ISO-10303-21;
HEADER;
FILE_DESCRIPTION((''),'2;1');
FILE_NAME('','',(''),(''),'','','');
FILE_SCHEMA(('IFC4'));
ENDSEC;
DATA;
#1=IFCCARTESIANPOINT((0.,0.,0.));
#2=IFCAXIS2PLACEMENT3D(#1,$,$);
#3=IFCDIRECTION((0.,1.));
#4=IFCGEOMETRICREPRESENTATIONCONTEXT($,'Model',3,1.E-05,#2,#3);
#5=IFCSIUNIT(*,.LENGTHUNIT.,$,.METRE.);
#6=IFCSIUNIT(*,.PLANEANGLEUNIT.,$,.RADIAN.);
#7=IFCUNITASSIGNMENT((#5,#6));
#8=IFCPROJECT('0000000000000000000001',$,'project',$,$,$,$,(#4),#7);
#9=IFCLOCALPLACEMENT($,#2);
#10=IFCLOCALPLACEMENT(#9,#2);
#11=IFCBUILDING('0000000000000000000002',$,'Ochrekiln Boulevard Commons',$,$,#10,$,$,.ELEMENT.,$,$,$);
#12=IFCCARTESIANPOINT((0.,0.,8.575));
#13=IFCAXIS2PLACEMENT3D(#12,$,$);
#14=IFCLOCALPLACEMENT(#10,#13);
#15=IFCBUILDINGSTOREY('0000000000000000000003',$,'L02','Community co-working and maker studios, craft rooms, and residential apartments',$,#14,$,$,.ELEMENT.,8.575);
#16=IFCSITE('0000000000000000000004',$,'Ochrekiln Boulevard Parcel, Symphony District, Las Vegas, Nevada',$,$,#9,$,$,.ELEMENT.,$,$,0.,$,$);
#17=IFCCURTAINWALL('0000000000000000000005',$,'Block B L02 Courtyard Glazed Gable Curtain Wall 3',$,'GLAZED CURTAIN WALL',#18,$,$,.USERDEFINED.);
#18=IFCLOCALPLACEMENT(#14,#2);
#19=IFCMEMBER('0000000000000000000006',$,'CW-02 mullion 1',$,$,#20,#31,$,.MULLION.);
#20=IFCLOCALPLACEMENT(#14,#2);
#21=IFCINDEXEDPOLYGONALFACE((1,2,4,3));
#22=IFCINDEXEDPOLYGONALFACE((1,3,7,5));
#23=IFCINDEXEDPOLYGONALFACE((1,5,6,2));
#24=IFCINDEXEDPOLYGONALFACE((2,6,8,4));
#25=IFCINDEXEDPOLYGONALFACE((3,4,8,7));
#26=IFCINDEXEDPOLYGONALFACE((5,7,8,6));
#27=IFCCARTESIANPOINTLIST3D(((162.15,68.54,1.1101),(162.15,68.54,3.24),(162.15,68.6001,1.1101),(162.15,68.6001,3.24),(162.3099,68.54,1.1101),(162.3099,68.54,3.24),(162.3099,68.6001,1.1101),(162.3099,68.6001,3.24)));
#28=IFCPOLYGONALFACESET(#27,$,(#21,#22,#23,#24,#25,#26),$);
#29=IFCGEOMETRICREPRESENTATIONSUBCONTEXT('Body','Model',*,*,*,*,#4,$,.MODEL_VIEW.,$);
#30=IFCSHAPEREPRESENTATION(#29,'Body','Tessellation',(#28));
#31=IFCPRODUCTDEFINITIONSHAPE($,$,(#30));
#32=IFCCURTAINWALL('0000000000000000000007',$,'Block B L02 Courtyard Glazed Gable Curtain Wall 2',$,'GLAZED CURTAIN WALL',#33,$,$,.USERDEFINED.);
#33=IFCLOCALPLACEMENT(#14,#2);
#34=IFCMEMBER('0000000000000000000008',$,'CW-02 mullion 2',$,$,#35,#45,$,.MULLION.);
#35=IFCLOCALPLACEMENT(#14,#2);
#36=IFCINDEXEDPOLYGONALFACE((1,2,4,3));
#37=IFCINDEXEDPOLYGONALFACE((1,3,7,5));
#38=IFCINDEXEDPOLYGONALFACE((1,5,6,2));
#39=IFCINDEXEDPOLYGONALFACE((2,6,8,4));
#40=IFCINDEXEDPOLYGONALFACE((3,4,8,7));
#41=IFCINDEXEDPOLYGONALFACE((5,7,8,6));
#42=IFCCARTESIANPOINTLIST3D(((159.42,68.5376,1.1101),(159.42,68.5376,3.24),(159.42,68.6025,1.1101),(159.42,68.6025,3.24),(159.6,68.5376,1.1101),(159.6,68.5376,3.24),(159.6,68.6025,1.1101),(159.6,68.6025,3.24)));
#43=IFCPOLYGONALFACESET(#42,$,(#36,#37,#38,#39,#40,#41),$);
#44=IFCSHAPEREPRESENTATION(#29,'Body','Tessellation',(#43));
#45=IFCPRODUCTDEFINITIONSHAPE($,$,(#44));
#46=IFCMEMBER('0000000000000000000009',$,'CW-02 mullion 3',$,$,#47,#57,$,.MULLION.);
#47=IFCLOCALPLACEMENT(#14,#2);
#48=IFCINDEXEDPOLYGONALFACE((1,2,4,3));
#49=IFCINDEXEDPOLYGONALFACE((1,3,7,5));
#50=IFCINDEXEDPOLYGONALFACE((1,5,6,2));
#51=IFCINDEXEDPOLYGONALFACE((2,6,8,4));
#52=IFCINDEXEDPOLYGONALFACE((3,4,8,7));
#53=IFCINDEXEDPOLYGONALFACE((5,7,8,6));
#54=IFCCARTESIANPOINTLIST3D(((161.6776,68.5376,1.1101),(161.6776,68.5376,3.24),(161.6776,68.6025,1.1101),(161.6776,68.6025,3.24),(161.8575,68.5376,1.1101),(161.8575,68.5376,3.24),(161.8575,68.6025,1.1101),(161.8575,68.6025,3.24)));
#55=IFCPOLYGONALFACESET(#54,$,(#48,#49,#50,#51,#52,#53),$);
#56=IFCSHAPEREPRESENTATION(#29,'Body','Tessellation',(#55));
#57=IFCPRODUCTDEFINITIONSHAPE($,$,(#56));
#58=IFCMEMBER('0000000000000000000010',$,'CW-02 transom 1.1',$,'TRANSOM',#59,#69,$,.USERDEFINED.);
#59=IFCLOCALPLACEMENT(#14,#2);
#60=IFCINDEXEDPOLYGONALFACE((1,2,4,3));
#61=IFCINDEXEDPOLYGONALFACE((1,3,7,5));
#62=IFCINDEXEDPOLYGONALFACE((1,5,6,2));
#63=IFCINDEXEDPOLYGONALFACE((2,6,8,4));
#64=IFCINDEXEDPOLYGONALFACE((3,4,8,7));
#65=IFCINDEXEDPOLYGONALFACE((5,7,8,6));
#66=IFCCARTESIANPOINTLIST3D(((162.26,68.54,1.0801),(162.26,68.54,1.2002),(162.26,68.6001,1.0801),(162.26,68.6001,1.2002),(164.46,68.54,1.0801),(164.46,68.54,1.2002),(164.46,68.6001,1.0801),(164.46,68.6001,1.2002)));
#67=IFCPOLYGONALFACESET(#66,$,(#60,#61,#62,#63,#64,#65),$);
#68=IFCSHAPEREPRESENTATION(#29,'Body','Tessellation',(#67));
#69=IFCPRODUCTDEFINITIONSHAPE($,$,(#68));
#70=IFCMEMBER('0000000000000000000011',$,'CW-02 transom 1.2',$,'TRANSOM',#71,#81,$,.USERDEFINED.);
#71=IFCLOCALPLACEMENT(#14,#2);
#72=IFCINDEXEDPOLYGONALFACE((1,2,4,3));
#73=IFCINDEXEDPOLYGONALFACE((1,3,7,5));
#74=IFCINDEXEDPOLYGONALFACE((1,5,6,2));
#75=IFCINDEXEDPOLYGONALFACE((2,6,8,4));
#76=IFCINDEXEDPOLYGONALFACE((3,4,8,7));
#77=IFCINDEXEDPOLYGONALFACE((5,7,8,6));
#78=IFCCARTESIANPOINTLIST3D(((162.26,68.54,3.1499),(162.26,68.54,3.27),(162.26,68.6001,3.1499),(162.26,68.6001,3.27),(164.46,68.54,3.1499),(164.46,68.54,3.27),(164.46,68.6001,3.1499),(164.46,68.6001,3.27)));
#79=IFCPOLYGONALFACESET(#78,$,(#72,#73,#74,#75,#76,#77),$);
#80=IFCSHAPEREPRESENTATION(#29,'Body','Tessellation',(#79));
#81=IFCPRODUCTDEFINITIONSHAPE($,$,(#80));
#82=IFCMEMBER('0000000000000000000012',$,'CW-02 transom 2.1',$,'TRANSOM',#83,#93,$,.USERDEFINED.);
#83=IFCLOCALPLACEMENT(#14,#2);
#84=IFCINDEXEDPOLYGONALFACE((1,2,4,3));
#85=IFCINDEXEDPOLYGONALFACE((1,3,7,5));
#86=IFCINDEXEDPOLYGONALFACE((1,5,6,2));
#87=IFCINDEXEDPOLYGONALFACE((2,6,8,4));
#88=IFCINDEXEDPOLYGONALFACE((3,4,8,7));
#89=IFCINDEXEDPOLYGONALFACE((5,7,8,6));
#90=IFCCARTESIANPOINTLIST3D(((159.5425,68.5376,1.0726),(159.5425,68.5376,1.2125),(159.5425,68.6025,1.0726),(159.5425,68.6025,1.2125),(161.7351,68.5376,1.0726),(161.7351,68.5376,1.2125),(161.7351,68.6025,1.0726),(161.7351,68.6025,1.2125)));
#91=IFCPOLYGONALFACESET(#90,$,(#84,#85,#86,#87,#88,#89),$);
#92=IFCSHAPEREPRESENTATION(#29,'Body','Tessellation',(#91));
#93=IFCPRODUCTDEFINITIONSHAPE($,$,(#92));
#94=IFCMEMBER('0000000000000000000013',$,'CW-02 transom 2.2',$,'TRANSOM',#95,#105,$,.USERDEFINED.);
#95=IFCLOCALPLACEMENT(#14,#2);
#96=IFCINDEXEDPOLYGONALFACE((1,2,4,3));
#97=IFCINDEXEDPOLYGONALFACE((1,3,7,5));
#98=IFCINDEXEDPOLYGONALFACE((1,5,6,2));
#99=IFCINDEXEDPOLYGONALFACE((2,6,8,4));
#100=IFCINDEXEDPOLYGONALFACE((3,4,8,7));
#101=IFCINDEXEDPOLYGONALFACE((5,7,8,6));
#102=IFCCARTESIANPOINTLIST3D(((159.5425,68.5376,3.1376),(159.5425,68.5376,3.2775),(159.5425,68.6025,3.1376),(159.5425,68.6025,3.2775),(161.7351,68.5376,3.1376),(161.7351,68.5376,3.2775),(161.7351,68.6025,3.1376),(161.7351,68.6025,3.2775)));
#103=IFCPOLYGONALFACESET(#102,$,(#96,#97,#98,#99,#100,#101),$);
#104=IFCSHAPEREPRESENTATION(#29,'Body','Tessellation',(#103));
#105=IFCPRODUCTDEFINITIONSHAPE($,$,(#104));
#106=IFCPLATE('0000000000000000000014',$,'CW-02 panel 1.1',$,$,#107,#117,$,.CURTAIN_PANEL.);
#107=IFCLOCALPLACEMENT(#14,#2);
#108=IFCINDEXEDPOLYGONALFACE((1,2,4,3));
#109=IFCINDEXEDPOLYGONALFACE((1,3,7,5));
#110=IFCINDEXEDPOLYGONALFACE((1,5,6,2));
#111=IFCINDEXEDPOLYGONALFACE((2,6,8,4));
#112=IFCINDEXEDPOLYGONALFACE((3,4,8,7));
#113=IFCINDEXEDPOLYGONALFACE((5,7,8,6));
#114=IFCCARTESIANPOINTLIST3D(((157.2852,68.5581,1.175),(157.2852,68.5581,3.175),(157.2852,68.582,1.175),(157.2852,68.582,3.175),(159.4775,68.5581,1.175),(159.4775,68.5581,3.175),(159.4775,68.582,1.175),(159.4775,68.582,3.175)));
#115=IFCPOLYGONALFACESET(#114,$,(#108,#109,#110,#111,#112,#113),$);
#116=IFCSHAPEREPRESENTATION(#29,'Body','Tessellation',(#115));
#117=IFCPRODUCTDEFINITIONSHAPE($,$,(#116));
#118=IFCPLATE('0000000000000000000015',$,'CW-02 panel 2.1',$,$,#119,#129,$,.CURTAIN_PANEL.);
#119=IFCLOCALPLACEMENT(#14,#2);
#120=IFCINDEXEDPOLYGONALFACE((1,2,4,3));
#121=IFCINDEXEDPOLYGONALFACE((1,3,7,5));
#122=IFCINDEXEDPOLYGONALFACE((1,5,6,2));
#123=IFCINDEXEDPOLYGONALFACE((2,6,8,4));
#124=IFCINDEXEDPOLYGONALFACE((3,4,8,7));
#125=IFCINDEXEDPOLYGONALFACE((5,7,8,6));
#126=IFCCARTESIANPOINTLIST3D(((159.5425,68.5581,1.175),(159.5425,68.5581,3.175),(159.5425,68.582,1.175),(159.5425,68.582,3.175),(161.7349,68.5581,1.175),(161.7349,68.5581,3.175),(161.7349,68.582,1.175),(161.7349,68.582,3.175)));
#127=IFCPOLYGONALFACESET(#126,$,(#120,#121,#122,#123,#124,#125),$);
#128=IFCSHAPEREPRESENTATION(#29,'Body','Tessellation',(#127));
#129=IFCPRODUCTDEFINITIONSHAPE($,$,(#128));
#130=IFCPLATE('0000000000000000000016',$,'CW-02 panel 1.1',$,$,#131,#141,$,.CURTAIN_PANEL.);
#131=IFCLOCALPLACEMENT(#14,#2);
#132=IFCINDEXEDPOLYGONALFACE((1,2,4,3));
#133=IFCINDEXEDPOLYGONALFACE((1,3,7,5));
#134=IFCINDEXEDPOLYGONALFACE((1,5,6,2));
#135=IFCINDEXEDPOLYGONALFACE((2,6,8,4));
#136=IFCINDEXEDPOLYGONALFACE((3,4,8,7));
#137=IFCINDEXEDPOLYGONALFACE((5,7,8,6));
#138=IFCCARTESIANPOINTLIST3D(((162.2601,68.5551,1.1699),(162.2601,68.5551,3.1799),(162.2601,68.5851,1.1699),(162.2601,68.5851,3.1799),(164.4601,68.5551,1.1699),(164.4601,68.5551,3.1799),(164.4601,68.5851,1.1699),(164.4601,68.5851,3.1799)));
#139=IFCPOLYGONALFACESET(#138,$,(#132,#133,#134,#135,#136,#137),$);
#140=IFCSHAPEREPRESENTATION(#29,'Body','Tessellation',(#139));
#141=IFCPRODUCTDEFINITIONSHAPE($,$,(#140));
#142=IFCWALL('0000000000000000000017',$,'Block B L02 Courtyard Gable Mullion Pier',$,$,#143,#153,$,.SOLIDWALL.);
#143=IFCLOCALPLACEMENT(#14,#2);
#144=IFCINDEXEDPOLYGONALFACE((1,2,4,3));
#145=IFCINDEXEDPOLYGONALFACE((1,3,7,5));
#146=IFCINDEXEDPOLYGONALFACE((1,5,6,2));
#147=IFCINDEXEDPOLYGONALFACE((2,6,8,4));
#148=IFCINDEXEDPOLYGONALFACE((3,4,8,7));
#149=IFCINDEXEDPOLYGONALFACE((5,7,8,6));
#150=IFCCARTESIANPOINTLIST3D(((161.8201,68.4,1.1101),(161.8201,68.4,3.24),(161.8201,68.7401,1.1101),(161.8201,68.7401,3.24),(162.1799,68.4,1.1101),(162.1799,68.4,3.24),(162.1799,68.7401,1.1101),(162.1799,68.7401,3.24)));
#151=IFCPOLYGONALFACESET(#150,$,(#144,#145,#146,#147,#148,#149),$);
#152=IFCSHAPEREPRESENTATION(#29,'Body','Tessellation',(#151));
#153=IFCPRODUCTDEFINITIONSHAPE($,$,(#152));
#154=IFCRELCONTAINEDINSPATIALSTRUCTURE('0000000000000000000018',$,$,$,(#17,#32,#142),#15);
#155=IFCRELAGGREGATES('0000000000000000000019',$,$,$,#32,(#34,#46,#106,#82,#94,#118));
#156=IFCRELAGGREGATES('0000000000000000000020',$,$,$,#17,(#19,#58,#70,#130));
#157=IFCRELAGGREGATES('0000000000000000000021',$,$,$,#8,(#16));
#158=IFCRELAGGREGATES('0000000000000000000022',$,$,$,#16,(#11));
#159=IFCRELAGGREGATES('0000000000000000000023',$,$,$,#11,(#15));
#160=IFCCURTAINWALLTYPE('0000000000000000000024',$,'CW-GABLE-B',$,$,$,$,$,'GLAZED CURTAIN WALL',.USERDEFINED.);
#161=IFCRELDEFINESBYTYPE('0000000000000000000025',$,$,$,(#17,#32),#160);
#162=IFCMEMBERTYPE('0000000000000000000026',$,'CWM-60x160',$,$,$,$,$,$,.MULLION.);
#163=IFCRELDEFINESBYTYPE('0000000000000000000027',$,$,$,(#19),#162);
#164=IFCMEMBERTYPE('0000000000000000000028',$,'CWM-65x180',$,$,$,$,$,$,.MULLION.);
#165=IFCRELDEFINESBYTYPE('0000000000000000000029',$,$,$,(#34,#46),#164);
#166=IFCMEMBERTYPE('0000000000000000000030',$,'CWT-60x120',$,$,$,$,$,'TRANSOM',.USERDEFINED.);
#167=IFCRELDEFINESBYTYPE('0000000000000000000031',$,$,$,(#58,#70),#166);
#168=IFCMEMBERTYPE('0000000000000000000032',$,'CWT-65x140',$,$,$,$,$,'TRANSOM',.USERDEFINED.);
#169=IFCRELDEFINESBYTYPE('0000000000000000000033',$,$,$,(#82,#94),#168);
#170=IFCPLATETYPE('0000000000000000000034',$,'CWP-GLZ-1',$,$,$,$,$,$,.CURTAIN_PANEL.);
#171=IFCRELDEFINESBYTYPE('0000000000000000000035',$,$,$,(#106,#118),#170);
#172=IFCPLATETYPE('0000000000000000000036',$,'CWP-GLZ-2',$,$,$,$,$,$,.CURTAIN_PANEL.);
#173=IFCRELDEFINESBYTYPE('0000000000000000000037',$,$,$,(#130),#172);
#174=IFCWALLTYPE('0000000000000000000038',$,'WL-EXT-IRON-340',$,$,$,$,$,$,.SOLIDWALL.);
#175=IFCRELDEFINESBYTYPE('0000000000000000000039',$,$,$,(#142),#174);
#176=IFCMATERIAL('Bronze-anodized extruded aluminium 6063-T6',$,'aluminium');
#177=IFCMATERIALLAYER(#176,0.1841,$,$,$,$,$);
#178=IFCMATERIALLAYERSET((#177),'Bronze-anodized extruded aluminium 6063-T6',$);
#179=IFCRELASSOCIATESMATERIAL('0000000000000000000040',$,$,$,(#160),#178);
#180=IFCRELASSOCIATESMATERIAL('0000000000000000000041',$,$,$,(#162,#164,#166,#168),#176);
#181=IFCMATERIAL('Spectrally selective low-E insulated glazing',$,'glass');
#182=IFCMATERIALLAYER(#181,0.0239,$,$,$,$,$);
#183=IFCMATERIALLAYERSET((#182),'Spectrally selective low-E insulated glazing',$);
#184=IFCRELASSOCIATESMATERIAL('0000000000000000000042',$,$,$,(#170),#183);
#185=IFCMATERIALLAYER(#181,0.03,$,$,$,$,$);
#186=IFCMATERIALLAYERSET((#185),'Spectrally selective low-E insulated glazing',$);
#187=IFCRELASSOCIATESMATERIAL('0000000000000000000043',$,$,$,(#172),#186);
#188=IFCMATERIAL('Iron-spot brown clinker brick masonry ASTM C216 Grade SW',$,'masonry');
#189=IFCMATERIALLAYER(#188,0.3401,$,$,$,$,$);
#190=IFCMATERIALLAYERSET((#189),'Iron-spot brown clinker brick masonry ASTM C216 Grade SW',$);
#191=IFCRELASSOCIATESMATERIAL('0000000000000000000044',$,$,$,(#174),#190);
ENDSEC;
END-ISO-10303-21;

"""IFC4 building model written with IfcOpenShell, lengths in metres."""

from ifc_helpers import new_model, si_unit, direction, frame, frame_2d, origin, origin_2d, place, context, subcontext, project, spatial, rectangle, extrude, material, layer, layer_set, material_profile, profile_set, type_object, element, aggregate, save


model = new_model("IFC4")

# Units and contexts
model_context = context("Model", 3, precision=1e-05, world=origin(), true_north=direction((0.0, 1.0)))
body_context = subcontext(model_context, "Body", "Model", "MODEL_VIEW")
ifc_project = project(units=[si_unit("LENGTHUNIT", "METRE"), si_unit("PLANEANGLEUNIT", "RADIAN")], contexts=[model_context])

# Site, building, storey
site_placement = place(None, origin())
site = spatial("IfcSite", under=ifc_project, at=site_placement, Name="Ochrekiln Boulevard Parcel, Symphony District, Las Vegas, Nevada", CompositionType="ELEMENT", RefElevation=0.0)
building_placement = place(site_placement, origin())
building = spatial("IfcBuilding", under=site, at=building_placement, Name="Ochrekiln Boulevard Commons", CompositionType="ELEMENT")
storey_placement = place(building_placement, frame((0.0, 0.0, 8.575)))
storey = spatial("IfcBuildingStorey", under=building, at=storey_placement, Name="L02", Description="Community co-working and maker studios, craft rooms, and residential apartments", CompositionType="ELEMENT", Elevation=8.575)

# Curtain wall, member
ifc_material_1 = material(Name="Bronze-anodized extruded aluminium 6063-T6", Category="aluminium")
ifc_layer_1 = layer(ifc_material_1, 0.1841)
ifc_layer_set_1 = layer_set([ifc_layer_1], Name="Bronze-anodized extruded aluminium 6063-T6")
curtain_wall_type = type_object("IfcCurtainWallType", Name="CW-GABLE-B", ElementType="GLAZED CURTAIN WALL", PredefinedType="USERDEFINED", material=ifc_layer_set_1)
curtain_wall_1_placement = place(storey_placement, origin())
curtain_wall_1 = element("IfcCurtainWall", 1, at=curtain_wall_1_placement, inside=storey, type_object=curtain_wall_type, Name="Block B L02 Courtyard Glazed Gable Curtain Wall 3", ObjectType="GLAZED CURTAIN WALL", PredefinedType="USERDEFINED")
ifc_material_profile_1 = material_profile(ifc_material_1, rectangle(XDim=0.0601, YDim=0.1599, at=origin_2d()), Name="ALU-MUL-60x160")
ifc_profile_set_1 = profile_set([ifc_material_profile_1], Name="Bronze-anodized extruded aluminium 6063-T6")
member_type_1 = type_object("IfcMemberType", Name="CWM-60x160", PredefinedType="MULLION", material=ifc_profile_set_1)
member_1_placement = place(storey_placement, frame((162.23, 68.5701, 1.1101), z_axis=(0.0, 0.0, 1.0), x_axis=(0.0, 1.0, 0.0)))
member_1 = element("IfcMember", 2, at=member_1_placement, type_object=member_type_1, Name="CW-02 mullion 1", PredefinedType="MULLION", context=body_context, shape_type="SweptSolid", body=[
    extrude(rectangle(XDim=0.0601, YDim=0.1599, at=origin_2d()), origin(), (0.0, 0.0, 1.0), 2.1299),
])

# Curtain wall, members
curtain_wall_2_placement = place(storey_placement, origin())
curtain_wall_2 = element("IfcCurtainWall", 3, at=curtain_wall_2_placement, inside=storey, type_object=curtain_wall_type, Name="Block B L02 Courtyard Glazed Gable Curtain Wall 2", ObjectType="GLAZED CURTAIN WALL", PredefinedType="USERDEFINED")
ifc_material_profile_2 = material_profile(ifc_material_1, rectangle(XDim=0.0649, YDim=0.1799, at=origin_2d()), Name="ALU-MUL-65x180")
ifc_profile_set_2 = profile_set([ifc_material_profile_2], Name="Bronze-anodized extruded aluminium 6063-T6")
member_type_2 = type_object("IfcMemberType", Name="CWM-65x180", PredefinedType="MULLION", material=ifc_profile_set_2)
member_2_placement = place(storey_placement, frame((159.51, 68.5701, 1.1101), z_axis=(0.0, 0.0, 1.0), x_axis=(0.0, 1.0, 0.0)))
member_2 = element("IfcMember", 4, at=member_2_placement, type_object=member_type_2, Name="CW-02 mullion 2", PredefinedType="MULLION", context=body_context, shape_type="SweptSolid", body=[
    extrude(rectangle(XDim=0.0649, YDim=0.1799, at=origin_2d()), origin(), (0.0, 0.0, 1.0), 2.1299),
])
member_3_placement = place(storey_placement, frame((161.7676, 68.5701, 1.1101), z_axis=(0.0, 0.0, 1.0), x_axis=(0.0, 1.0, 0.0)))
member_3 = element("IfcMember", 5, at=member_3_placement, type_object=member_type_2, Name="CW-02 mullion 3", PredefinedType="MULLION", context=body_context, shape_type="SweptSolid", body=[
    extrude(rectangle(XDim=0.0649, YDim=0.1799, at=origin_2d()), origin(), (0.0, 0.0, 1.0), 2.1299),
])

# Members
ifc_material_profile_3 = material_profile(ifc_material_1, rectangle(XDim=0.0601, YDim=0.1201, at=origin_2d()), Name="ALU-TRN-60x120")
ifc_profile_set_3 = profile_set([ifc_material_profile_3], Name="Bronze-anodized extruded aluminium 6063-T6")
member_type_3 = type_object("IfcMemberType", Name="CWT-60x120", ElementType="TRANSOM", PredefinedType="USERDEFINED", material=ifc_profile_set_3)
member_4_placement = place(storey_placement, frame((162.26, 68.5701, 1.1401), z_axis=(1.0, 0.0, 0.0), x_axis=(0.0, 1.0, 0.0)))
member_4 = element("IfcMember", 6, at=member_4_placement, type_object=member_type_3, Name="CW-02 transom 1.1", ObjectType="TRANSOM", PredefinedType="USERDEFINED", context=body_context, shape_type="SweptSolid", body=[
    extrude(rectangle(XDim=0.0601, YDim=0.1201, at=origin_2d()), origin(), (0.0, 0.0, 1.0), 2.2),
])
member_5_placement = place(storey_placement, frame((162.26, 68.5701, 3.21), z_axis=(1.0, 0.0, 0.0), x_axis=(0.0, 1.0, 0.0)))
member_5 = element("IfcMember", 7, at=member_5_placement, type_object=member_type_3, Name="CW-02 transom 1.2", ObjectType="TRANSOM", PredefinedType="USERDEFINED", context=body_context, shape_type="SweptSolid", body=[
    extrude(rectangle(XDim=0.0601, YDim=0.1201, at=origin_2d()), origin(), (0.0, 0.0, 1.0), 2.2),
])
ifc_material_profile_4 = material_profile(ifc_material_1, rectangle(XDim=0.0649, YDim=0.1399, at=origin_2d()), Name="ALU-TRN-65x140")
ifc_profile_set_4 = profile_set([ifc_material_profile_4], Name="Bronze-anodized extruded aluminium 6063-T6")
member_type_4 = type_object("IfcMemberType", Name="CWT-65x140", ElementType="TRANSOM", PredefinedType="USERDEFINED", material=ifc_profile_set_4)
member_6_placement = place(storey_placement, frame((159.5425, 68.5701, 1.1426), z_axis=(1.0, 0.0, 0.0), x_axis=(0.0, 1.0, 0.0)))
member_6 = element("IfcMember", 8, at=member_6_placement, type_object=member_type_4, Name="CW-02 transom 2.1", ObjectType="TRANSOM", PredefinedType="USERDEFINED", context=body_context, shape_type="SweptSolid", body=[
    extrude(rectangle(XDim=0.0649, YDim=0.1399, at=origin_2d()), origin(), (0.0, 0.0, 1.0), 2.1926),
])
member_7_placement = place(storey_placement, frame((159.5425, 68.5701, 3.2075), z_axis=(1.0, 0.0, 0.0), x_axis=(0.0, 1.0, 0.0)))
member_7 = element("IfcMember", 9, at=member_7_placement, type_object=member_type_4, Name="CW-02 transom 2.2", ObjectType="TRANSOM", PredefinedType="USERDEFINED", context=body_context, shape_type="SweptSolid", body=[
    extrude(rectangle(XDim=0.0649, YDim=0.1399, at=origin_2d()), origin(), (0.0, 0.0, 1.0), 2.1926),
])

# Plates
ifc_material_2 = material(Name="Spectrally selective low-E insulated glazing", Category="glass")
ifc_layer_2 = layer(ifc_material_2, 0.0239)
ifc_layer_set_2 = layer_set([ifc_layer_2], Name="Spectrally selective low-E insulated glazing")
plate_type_1 = type_object("IfcPlateType", Name="CWP-GLZ-1", PredefinedType="CURTAIN_PANEL", material=ifc_layer_set_2)
plate_1_placement = place(storey_placement, frame((158.3813, 68.5701, 1.175), z_axis=(0.0, 0.0, 1.0), x_axis=(1.0, 0.0, 0.0)))
plate_1 = element("IfcPlate", 10, at=plate_1_placement, type_object=plate_type_1, Name="CW-02 panel 1.1", PredefinedType="CURTAIN_PANEL", context=body_context, shape_type="SweptSolid", body=[
    extrude(rectangle(XDim=2.1924, YDim=0.0239, at=origin_2d()), origin(), (0.0, 0.0, 1.0), 2.0),
])
plate_2_placement = place(storey_placement, frame((160.6387, 68.5701, 1.175), z_axis=(0.0, 0.0, 1.0), x_axis=(1.0, 0.0, 0.0)))
plate_2 = element("IfcPlate", 11, at=plate_2_placement, type_object=plate_type_1, Name="CW-02 panel 2.1", PredefinedType="CURTAIN_PANEL", context=body_context, shape_type="SweptSolid", body=[
    extrude(rectangle(XDim=2.1924, YDim=0.0239, at=origin_2d()), origin(), (0.0, 0.0, 1.0), 2.0),
])
aggregate(curtain_wall_2, [member_2, member_3, plate_1, member_6, member_7, plate_2])
ifc_layer_3 = layer(ifc_material_2, 0.03)
ifc_layer_set_3 = layer_set([ifc_layer_3], Name="Spectrally selective low-E insulated glazing")
plate_type_2 = type_object("IfcPlateType", Name="CWP-GLZ-2", PredefinedType="CURTAIN_PANEL", material=ifc_layer_set_3)
plate_3_placement = place(storey_placement, frame((163.3601, 68.5701, 1.1699), z_axis=(0.0, 0.0, 1.0), x_axis=(1.0, 0.0, 0.0)))
plate_3 = element("IfcPlate", 12, at=plate_3_placement, type_object=plate_type_2, Name="CW-02 panel 1.1", PredefinedType="CURTAIN_PANEL", context=body_context, shape_type="SweptSolid", body=[
    extrude(rectangle(XDim=2.2, YDim=0.03, at=origin_2d()), origin(), (0.0, 0.0, 1.0), 2.01),
])
aggregate(curtain_wall_1, [member_1, member_4, member_5, plate_3])

# Wall
ifc_material_3 = material(Name="Iron-spot brown clinker brick masonry ASTM C216 Grade SW", Category="masonry")
ifc_layer_4 = layer(ifc_material_3, 0.3401)
ifc_layer_set_4 = layer_set([ifc_layer_4], Name="Iron-spot brown clinker brick masonry ASTM C216 Grade SW")
wall_type_1 = type_object("IfcWallType", Name="WL-EXT-IRON-340", PredefinedType="SOLIDWALL", material=ifc_layer_set_4)
wall_1_placement = place(storey_placement, frame((161.8201, 68.5701, 1.1101), z_axis=(0.0, 0.0, 1.0), x_axis=(1.0, 0.0, 0.0)))
element("IfcWall", 13, at=wall_1_placement, inside=storey, type_object=wall_type_1, Name="Block B L02 Courtyard Gable Mullion Pier", PredefinedType="SOLIDWALL", context=body_context, shape_type="SweptSolid", body=[
    extrude(rectangle(XDim=0.3599, YDim=0.3401, at=frame_2d((0.1799, 0.0))), origin(), (0.0, 0.0, 1.0), 2.1299),
])

save(model, "model.ifc")
